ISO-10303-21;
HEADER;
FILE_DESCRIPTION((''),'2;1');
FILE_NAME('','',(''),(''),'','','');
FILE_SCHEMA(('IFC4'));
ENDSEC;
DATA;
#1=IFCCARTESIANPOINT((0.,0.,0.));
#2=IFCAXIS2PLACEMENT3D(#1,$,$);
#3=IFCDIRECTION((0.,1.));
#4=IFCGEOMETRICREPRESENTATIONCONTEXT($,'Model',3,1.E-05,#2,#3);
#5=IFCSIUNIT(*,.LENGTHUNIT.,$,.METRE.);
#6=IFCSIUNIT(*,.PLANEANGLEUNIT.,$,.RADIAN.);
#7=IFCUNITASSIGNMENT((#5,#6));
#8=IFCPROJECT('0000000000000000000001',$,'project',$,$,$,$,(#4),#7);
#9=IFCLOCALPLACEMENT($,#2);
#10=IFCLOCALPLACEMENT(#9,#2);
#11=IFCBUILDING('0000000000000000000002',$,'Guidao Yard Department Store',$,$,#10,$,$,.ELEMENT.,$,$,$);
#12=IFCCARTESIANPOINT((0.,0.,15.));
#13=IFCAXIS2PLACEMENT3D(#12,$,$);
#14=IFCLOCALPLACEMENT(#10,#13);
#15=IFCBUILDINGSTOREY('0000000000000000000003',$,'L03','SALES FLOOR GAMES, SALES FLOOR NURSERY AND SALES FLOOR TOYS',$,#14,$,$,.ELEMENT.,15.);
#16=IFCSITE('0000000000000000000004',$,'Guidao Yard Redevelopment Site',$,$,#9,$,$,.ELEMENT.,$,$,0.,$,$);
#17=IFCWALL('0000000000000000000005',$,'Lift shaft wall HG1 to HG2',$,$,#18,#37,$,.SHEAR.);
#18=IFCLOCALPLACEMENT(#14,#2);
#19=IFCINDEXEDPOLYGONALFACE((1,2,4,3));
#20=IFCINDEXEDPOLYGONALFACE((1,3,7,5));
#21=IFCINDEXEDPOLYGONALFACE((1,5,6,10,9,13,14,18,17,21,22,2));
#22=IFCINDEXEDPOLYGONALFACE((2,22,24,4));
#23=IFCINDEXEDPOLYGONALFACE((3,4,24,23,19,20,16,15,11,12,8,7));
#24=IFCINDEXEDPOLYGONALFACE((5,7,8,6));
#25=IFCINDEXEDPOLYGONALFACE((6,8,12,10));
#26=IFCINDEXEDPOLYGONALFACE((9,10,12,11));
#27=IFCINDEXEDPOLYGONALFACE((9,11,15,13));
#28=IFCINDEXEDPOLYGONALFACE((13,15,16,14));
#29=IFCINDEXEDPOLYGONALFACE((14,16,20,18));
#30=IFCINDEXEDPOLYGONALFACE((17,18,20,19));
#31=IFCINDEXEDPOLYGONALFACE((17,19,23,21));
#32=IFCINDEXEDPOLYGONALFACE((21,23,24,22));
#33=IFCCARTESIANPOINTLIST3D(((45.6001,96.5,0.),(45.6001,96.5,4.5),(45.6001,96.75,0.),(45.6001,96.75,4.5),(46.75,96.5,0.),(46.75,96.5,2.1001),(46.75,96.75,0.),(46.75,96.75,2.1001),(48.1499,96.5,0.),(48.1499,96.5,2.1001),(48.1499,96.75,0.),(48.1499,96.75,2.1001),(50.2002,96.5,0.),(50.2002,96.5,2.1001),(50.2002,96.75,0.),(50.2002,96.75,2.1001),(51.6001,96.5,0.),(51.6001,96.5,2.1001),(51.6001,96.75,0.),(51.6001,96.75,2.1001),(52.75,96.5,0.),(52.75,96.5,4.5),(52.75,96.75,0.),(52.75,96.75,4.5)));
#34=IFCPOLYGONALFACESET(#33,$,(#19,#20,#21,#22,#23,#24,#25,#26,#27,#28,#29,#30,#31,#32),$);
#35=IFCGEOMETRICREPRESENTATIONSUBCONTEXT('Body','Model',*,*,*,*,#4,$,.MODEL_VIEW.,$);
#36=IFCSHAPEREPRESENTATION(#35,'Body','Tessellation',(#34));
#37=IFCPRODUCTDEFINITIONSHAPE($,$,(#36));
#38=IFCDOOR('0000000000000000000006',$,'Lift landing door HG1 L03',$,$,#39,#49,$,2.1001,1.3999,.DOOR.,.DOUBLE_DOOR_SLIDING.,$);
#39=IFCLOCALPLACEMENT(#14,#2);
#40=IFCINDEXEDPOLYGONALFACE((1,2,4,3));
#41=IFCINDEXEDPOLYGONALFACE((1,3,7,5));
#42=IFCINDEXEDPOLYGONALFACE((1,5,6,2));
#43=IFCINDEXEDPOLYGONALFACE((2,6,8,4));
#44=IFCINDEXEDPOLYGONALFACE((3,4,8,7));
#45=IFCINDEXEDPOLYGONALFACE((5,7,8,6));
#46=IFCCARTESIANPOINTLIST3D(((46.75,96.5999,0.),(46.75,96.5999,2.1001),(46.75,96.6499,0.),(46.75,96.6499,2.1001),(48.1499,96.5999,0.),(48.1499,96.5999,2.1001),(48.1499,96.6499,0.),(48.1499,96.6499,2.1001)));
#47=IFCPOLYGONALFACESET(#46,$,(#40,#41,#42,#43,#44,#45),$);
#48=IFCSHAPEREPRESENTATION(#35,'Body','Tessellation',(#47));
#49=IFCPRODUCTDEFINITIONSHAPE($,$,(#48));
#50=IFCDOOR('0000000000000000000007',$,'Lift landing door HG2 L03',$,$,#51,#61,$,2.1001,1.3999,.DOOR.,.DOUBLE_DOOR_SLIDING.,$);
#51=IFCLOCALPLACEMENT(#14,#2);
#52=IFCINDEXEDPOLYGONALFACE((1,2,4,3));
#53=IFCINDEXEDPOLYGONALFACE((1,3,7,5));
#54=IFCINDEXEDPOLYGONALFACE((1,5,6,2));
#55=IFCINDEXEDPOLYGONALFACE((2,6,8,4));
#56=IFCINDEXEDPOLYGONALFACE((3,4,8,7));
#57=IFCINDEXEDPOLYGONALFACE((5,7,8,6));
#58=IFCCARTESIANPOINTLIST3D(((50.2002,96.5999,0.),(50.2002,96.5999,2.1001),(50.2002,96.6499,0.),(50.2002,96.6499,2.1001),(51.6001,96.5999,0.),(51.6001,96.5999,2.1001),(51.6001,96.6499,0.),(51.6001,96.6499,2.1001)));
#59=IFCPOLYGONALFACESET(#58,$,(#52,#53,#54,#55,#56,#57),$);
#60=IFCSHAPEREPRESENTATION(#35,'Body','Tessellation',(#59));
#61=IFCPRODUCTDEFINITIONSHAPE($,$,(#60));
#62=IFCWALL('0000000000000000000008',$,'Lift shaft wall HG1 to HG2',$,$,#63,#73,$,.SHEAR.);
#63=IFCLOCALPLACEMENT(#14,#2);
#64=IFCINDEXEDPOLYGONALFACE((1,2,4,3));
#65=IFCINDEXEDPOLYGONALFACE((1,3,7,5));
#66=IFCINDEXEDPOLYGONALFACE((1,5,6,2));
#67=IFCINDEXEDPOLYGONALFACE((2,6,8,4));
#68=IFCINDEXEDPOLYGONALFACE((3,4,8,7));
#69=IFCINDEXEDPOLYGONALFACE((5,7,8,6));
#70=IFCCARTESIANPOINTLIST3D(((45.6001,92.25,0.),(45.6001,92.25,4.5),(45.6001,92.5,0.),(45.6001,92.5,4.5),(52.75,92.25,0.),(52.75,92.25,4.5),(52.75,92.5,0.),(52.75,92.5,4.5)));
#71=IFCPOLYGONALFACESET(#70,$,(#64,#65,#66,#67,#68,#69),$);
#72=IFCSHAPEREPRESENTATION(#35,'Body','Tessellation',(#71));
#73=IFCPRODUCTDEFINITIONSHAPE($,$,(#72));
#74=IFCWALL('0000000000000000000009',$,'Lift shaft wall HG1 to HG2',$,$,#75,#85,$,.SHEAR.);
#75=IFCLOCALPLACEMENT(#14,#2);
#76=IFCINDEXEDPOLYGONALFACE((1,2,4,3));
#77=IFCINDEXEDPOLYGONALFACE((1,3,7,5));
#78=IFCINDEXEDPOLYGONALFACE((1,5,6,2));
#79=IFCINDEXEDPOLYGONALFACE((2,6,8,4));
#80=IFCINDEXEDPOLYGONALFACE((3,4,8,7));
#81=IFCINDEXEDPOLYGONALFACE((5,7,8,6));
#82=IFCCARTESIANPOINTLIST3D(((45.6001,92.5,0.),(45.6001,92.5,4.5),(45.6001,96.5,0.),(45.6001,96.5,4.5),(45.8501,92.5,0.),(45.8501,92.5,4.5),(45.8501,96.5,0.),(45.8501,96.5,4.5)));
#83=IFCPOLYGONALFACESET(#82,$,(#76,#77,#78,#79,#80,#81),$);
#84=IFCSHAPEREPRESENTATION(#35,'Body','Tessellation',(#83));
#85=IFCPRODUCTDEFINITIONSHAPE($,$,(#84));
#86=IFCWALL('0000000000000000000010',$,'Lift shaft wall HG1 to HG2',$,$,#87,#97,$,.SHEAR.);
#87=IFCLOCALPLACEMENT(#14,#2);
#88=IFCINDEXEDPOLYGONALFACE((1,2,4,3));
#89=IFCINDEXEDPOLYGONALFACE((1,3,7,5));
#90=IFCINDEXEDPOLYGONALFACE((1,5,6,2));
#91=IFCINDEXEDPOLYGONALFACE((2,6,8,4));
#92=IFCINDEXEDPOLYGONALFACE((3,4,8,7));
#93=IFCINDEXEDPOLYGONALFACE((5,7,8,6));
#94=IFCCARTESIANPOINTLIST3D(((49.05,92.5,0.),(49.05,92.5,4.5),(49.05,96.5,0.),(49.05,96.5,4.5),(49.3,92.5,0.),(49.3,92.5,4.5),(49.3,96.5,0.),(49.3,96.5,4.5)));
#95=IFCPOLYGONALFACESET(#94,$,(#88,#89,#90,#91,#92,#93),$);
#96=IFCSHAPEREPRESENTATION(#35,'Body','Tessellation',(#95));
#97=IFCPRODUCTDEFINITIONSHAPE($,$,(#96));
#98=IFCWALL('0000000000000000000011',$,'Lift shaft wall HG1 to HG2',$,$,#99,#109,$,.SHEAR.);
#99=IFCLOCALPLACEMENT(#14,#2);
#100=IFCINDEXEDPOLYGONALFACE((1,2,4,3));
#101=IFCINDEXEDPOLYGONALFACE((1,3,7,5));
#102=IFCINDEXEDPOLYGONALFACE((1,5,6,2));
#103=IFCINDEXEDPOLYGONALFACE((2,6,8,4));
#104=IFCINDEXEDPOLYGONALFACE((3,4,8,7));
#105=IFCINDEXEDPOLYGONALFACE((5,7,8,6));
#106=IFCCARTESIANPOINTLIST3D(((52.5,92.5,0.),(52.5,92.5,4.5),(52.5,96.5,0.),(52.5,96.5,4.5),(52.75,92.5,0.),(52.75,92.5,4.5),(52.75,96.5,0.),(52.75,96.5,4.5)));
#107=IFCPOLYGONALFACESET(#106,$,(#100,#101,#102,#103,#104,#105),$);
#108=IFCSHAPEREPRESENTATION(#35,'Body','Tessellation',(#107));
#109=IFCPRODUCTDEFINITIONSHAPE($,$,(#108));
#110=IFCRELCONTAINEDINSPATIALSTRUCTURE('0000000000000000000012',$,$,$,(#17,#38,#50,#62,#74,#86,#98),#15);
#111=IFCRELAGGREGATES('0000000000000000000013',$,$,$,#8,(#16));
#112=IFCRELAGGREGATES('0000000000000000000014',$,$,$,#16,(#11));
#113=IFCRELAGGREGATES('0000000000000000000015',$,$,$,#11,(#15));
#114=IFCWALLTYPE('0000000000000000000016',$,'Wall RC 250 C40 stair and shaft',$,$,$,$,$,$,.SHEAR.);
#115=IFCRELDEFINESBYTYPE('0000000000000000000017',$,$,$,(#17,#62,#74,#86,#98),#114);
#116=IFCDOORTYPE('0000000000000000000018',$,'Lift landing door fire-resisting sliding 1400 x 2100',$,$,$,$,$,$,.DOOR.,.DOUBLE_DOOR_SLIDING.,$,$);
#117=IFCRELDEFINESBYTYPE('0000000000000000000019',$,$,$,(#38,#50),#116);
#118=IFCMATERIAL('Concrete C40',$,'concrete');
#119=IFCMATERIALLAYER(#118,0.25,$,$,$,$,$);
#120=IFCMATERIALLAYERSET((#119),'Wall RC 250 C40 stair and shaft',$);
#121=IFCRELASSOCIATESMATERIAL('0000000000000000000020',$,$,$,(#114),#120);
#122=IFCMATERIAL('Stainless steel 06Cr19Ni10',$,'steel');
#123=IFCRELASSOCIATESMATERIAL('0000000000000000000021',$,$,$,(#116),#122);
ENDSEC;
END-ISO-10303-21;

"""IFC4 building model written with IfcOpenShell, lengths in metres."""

from ifc_helpers import new_model, si_unit, direction, frame, frame_2d, origin, place, context, subcontext, project, spatial, rectangle, extrude, material, layer, layer_set, type_object, element, fill, save


model = new_model("IFC4")

# Units and contexts
model_context = context("Model", 3, precision=1e-05, world=origin(), true_north=direction((0.0, 1.0)))
body_context = subcontext(model_context, "Body", "Model", "MODEL_VIEW")
ifc_project = project(units=[si_unit("LENGTHUNIT", "METRE"), si_unit("PLANEANGLEUNIT", "RADIAN")], contexts=[model_context])

# Site, building, storey
site_placement = place(None, origin())
site = spatial("IfcSite", under=ifc_project, at=site_placement, Name="Guidao Yard Redevelopment Site", CompositionType="ELEMENT", RefElevation=0.0)
building_placement = place(site_placement, origin())
building = spatial("IfcBuilding", under=site, at=building_placement, Name="Guidao Yard Department Store", CompositionType="ELEMENT")
storey_placement = place(building_placement, frame((0.0, 0.0, 15.0)))
storey = spatial("IfcBuildingStorey", under=building, at=storey_placement, Name="L03", Description="SALES FLOOR GAMES, SALES FLOOR NURSERY AND SALES FLOOR TOYS", CompositionType="ELEMENT", Elevation=15.0)

# Wall, openings, doors
ifc_material_1 = material(Name="Concrete C40", Category="concrete")
ifc_layer_1 = layer(ifc_material_1, 0.25)
ifc_layer_set_1 = layer_set([ifc_layer_1], Name="Wall RC 250 C40 stair and shaft")
wall_type_1 = type_object("IfcWallType", Name="Wall RC 250 C40 stair and shaft", PredefinedType="SHEAR", material=ifc_layer_set_1)
wall_1_placement = place(storey_placement, frame((45.6001, 96.625, 0.0), z_axis=(0.0, 0.0, 1.0), x_axis=(1.0, 0.0, 0.0)))
wall_1 = element("IfcWall", 1, at=wall_1_placement, inside=storey, type_object=wall_type_1, Name="Lift shaft wall HG1 to HG2", PredefinedType="SHEAR", context=body_context, shape_type="SweptSolid", body=[
    extrude(rectangle(XDim=7.1499, YDim=0.25, at=frame_2d((3.575, 0.0))), origin(), (0.0, 0.0, 1.0), 4.5),
])
opening_1_placement = place(wall_1_placement, frame((1.1499, 0.0, 0.0)))
opening_1 = element("IfcOpeningElement", 2, at=opening_1_placement, cuts=wall_1, PredefinedType="OPENING", context=body_context, shape_type="SweptSolid", body=[
    extrude(rectangle(XDim=1.3999, YDim=2.1001, at=frame_2d((0.7, 1.05))), frame((0.0, 0.135, 0.0), z_axis=(0.0, -1.0, 0.0), x_axis=(1.0, 0.0, 0.0)), (0.0, 0.0, 1.0), 0.27),
])
opening_2_placement = place(wall_1_placement, frame((4.6001, 0.0, 0.0)))
opening_2 = element("IfcOpeningElement", 3, at=opening_2_placement, cuts=wall_1, PredefinedType="OPENING", context=body_context, shape_type="SweptSolid", body=[
    extrude(rectangle(XDim=1.3999, YDim=2.1001, at=frame_2d((0.7, 1.05))), frame((0.0, 0.135, 0.0), z_axis=(0.0, -1.0, 0.0), x_axis=(1.0, 0.0, 0.0)), (0.0, 0.0, 1.0), 0.27),
])
ifc_material_2 = material(Name="Stainless steel 06Cr19Ni10", Category="steel")
door_type_1 = type_object("IfcDoorType", Name="Lift landing door fire-resisting sliding 1400 x 2100", OperationType="DOUBLE_DOOR_SLIDING", PredefinedType="DOOR", material=ifc_material_2)
door_1_placement = place(opening_1_placement, origin())
door_1 = element("IfcDoor", 4, at=door_1_placement, inside=storey, type_object=door_type_1, Name="Lift landing door HG1 L03", OperationType="DOUBLE_DOOR_SLIDING", OverallHeight=2.1001, OverallWidth=1.3999, PredefinedType="DOOR", context=body_context, shape_type="SweptSolid", body=[
    extrude(rectangle(XDim=1.3999, YDim=2.1001, at=frame_2d((0.7, 1.05))), frame((0.0, 0.0249, 0.0), z_axis=(0.0, -1.0, 0.0), x_axis=(1.0, 0.0, 0.0)), (0.0, 0.0, 1.0), 0.05),
])
fill(opening_1, door_1)
door_2_placement = place(opening_2_placement, origin())
door_2 = element("IfcDoor", 5, at=door_2_placement, inside=storey, type_object=door_type_1, Name="Lift landing door HG2 L03", OperationType="DOUBLE_DOOR_SLIDING", OverallHeight=2.1001, OverallWidth=1.3999, PredefinedType="DOOR", context=body_context, shape_type="SweptSolid", body=[
    extrude(rectangle(XDim=1.3999, YDim=2.1001, at=frame_2d((0.7, 1.05))), frame((0.0, 0.0249, 0.0), z_axis=(0.0, -1.0, 0.0), x_axis=(1.0, 0.0, 0.0)), (0.0, 0.0, 1.0), 0.05),
])
fill(opening_2, door_2)

# Walls
wall_2_placement = place(storey_placement, frame((45.6001, 92.375, 0.0), z_axis=(0.0, 0.0, 1.0), x_axis=(1.0, 0.0, 0.0)))
element("IfcWall", 6, at=wall_2_placement, inside=storey, type_object=wall_type_1, Name="Lift shaft wall HG1 to HG2", PredefinedType="SHEAR", context=body_context, shape_type="SweptSolid", body=[
    extrude(rectangle(XDim=7.1499, YDim=0.25, at=frame_2d((3.575, 0.0))), origin(), (0.0, 0.0, 1.0), 4.5),
])
for number, where, z_axis, x_axis, name in (
    (7, (45.7251, 92.5, 0.0), (0.0, 0.0, 1.0), (0.0, 1.0, 0.0), "Lift shaft wall HG1 to HG2"),
    (8, (49.175, 92.5, 0.0), (0.0, 0.0, 1.0), (0.0, 1.0, 0.0), "Lift shaft wall HG1 to HG2"),
    (9, (52.625, 92.5, 0.0), (0.0, 0.0, 1.0), (0.0, 1.0, 0.0), "Lift shaft wall HG1 to HG2"),
):
    element("IfcWall", number, at=place(storey_placement, frame(where, z_axis=z_axis, x_axis=x_axis)), inside=storey, type_object=wall_type_1, Name=name, PredefinedType="SHEAR", context=body_context, shape_type="SweptSolid", body=[
        extrude(rectangle(XDim=4.0, YDim=0.25, at=frame_2d((2.0, 0.0))), origin(), (0.0, 0.0, 1.0), 4.5),
    ])

save(model, "model.ifc")
